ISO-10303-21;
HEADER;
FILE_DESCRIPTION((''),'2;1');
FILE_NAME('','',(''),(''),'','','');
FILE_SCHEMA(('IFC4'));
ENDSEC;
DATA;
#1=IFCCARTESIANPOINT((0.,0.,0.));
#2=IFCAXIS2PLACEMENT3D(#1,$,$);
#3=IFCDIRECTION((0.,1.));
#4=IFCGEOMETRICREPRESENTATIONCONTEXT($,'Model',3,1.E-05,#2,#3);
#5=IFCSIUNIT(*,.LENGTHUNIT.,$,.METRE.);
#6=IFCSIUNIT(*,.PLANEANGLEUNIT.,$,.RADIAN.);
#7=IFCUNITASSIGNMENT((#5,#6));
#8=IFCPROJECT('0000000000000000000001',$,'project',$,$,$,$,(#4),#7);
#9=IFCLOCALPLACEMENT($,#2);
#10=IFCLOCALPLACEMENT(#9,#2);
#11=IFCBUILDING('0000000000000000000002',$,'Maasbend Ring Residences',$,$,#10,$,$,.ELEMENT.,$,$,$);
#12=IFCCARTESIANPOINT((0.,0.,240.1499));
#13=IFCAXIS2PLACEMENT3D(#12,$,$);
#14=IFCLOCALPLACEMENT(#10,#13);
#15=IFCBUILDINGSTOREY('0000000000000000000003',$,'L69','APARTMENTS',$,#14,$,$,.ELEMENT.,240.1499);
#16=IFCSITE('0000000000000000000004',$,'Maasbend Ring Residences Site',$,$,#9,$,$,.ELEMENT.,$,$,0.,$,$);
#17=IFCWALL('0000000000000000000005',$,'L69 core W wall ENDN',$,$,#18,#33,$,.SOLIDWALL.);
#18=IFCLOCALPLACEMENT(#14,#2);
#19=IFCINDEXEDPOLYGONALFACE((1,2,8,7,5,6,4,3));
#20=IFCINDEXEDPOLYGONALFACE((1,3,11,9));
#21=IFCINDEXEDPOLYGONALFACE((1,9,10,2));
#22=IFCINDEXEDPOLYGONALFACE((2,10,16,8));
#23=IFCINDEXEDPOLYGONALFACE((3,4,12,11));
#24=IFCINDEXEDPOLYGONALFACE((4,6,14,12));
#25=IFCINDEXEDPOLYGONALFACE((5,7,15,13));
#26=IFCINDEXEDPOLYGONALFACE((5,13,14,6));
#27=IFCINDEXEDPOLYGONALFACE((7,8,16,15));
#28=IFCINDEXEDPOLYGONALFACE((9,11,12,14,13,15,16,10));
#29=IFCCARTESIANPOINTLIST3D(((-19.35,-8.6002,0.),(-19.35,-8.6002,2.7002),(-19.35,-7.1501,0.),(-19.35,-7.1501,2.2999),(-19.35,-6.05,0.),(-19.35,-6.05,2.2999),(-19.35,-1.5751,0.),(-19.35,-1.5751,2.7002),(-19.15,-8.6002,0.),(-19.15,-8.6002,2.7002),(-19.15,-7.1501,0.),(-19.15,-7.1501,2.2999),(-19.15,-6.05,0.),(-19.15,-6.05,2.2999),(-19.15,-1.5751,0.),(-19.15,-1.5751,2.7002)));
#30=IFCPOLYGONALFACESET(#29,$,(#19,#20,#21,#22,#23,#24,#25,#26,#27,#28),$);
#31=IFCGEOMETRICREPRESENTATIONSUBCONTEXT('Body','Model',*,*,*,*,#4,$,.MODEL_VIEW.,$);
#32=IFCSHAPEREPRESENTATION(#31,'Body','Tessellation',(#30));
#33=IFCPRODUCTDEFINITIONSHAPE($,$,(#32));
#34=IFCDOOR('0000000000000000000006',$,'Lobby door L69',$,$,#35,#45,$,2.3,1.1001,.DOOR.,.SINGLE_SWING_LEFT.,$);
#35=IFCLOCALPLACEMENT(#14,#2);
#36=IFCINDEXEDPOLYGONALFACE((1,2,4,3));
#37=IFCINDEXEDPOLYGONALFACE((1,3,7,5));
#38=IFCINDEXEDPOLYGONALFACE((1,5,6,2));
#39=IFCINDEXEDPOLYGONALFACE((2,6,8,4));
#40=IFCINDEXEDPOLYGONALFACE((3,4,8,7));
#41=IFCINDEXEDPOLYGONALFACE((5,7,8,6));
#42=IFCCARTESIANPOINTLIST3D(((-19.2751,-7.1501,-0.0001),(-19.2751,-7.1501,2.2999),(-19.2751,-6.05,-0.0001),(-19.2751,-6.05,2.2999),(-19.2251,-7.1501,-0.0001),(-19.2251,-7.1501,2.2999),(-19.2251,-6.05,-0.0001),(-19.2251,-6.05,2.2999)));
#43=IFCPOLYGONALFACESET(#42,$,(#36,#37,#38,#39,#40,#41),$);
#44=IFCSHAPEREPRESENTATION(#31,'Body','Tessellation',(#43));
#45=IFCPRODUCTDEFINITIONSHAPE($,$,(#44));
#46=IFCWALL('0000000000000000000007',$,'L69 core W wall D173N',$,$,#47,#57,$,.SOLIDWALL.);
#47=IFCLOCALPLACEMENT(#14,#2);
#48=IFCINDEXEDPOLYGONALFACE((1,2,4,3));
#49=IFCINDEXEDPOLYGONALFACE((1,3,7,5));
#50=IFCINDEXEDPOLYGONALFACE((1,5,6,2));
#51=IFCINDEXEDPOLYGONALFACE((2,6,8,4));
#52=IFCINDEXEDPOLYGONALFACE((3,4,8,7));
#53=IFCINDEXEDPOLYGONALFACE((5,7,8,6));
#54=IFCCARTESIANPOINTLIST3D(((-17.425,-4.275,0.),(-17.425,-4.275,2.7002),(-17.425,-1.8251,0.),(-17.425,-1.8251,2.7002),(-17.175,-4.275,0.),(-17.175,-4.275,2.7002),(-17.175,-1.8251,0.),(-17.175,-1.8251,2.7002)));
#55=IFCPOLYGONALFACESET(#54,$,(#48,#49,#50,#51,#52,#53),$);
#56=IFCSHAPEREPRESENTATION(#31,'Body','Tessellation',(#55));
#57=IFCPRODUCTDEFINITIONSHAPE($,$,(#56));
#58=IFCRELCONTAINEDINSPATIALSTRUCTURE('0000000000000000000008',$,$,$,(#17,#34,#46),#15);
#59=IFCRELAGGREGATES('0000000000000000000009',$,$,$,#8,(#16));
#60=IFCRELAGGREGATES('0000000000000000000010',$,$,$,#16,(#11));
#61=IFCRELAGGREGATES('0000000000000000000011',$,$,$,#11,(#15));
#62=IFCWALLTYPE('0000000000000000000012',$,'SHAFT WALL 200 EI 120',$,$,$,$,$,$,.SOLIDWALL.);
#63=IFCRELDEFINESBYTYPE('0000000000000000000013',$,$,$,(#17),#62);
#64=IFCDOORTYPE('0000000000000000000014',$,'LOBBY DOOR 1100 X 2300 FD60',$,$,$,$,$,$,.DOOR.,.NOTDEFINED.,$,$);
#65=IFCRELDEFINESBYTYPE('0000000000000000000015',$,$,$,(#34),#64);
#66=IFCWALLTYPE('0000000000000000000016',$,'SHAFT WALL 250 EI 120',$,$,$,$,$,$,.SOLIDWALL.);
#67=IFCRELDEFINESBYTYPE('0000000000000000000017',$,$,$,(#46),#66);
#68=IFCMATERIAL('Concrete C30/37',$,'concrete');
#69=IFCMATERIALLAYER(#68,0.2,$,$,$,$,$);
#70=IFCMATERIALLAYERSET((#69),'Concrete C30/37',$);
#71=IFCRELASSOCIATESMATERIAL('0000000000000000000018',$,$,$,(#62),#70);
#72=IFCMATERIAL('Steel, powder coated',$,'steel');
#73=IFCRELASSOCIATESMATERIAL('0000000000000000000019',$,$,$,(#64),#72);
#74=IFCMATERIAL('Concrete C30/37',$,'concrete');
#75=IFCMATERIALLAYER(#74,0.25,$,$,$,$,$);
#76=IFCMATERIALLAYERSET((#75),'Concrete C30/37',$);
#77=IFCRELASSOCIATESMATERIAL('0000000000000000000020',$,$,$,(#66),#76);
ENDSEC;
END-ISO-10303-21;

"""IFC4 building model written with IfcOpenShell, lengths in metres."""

from ifc_helpers import new_model, si_unit, direction, frame, frame_2d, origin, place, context, subcontext, project, spatial, rectangle, extrude, material, layer, layer_set, type_object, element, fill, save


model = new_model("IFC4")

# Units and contexts
model_context = context("Model", 3, precision=1e-05, world=origin(), true_north=direction((0.0, 1.0)))
body_context = subcontext(model_context, "Body", "Model", "MODEL_VIEW")
ifc_project = project(units=[si_unit("LENGTHUNIT", "METRE"), si_unit("PLANEANGLEUNIT", "RADIAN")], contexts=[model_context])

# Site, building, storey
site_placement = place(None, origin())
site = spatial("IfcSite", under=ifc_project, at=site_placement, Name="Maasbend Ring Residences Site", CompositionType="ELEMENT", RefElevation=0.0)
building_placement = place(site_placement, origin())
building = spatial("IfcBuilding", under=site, at=building_placement, Name="Maasbend Ring Residences", CompositionType="ELEMENT")
storey_placement = place(building_placement, frame((0.0, 0.0, 240.1499)))
storey = spatial("IfcBuildingStorey", under=building, at=storey_placement, Name="L69", Description="APARTMENTS", CompositionType="ELEMENT", Elevation=240.1499)

# Wall, opening, door
ifc_material_1 = material(Name="Concrete C30/37", Category="concrete")
ifc_layer_1 = layer(ifc_material_1, 0.2)
ifc_layer_set_1 = layer_set([ifc_layer_1], Name="Concrete C30/37")
wall_type_1 = type_object("IfcWallType", Name="SHAFT WALL 200 EI 120", PredefinedType="SOLIDWALL", material=ifc_layer_set_1)
wall_1_placement = place(storey_placement, frame((-19.25, -1.575, 0.0), z_axis=(0.0, 0.0, 1.0), x_axis=(0.0, -1.0, 0.0)))
wall_1 = element("IfcWall", 1, at=wall_1_placement, inside=storey, type_object=wall_type_1, Name="L69 core W wall ENDN", PredefinedType="SOLIDWALL", context=body_context, shape_type="SweptSolid", body=[
    extrude(rectangle(XDim=7.0251, YDim=0.2, at=frame_2d((3.5127, 0.0))), origin(), (0.0, 0.0, 1.0), 2.7002),
])
opening_1_placement = place(wall_1_placement, frame((4.4751, 0.0, 0.0)))
opening_1 = element("IfcOpeningElement", 2, at=opening_1_placement, cuts=wall_1, PredefinedType="OPENING", context=body_context, shape_type="SweptSolid", body=[
    extrude(rectangle(XDim=1.1001, YDim=2.3, at=frame_2d((0.55, 1.1499))), frame((0.0, 0.1099, 0.0), z_axis=(0.0, -1.0, 0.0), x_axis=(1.0, 0.0, 0.0)), (0.0, 0.0, 1.0), 0.22),
])
ifc_material_2 = material(Name="Steel, powder coated", Category="steel")
door_type_1 = type_object("IfcDoorType", Name="LOBBY DOOR 1100 X 2300 FD60", OperationType="NOTDEFINED", PredefinedType="DOOR", material=ifc_material_2)
door_1_placement = place(opening_1_placement, origin())
door_1 = element("IfcDoor", 3, at=door_1_placement, inside=storey, type_object=door_type_1, Name="Lobby door L69", OperationType="SINGLE_SWING_LEFT", OverallHeight=2.3, OverallWidth=1.1001, PredefinedType="DOOR", context=body_context, shape_type="SweptSolid", body=[
    extrude(rectangle(XDim=1.1001, YDim=2.3, at=frame_2d((0.55, 1.1499))), frame((0.0, 0.0249, 0.0), z_axis=(0.0, -1.0, 0.0), x_axis=(1.0, 0.0, 0.0)), (0.0, 0.0, 1.0), 0.05),
])
fill(opening_1, door_1)

# Wall
ifc_material_3 = material(Name="Concrete C30/37", Category="concrete")
ifc_layer_2 = layer(ifc_material_3, 0.25)
ifc_layer_set_2 = layer_set([ifc_layer_2], Name="Concrete C30/37")
wall_type_2 = type_object("IfcWallType", Name="SHAFT WALL 250 EI 120", PredefinedType="SOLIDWALL", material=ifc_layer_set_2)
wall_2_placement = place(storey_placement, frame((-17.3, -1.825, 0.0), z_axis=(0.0, 0.0, 1.0), x_axis=(0.0, -1.0, 0.0)))
element("IfcWall", 4, at=wall_2_placement, inside=storey, type_object=wall_type_2, Name="L69 core W wall D173N", PredefinedType="SOLIDWALL", context=body_context, shape_type="SweptSolid", body=[
    extrude(rectangle(XDim=2.45, YDim=0.25, at=frame_2d((1.2251, 0.0))), origin(), (0.0, 0.0, 1.0), 2.7002),
])

save(model, "model.ifc")
